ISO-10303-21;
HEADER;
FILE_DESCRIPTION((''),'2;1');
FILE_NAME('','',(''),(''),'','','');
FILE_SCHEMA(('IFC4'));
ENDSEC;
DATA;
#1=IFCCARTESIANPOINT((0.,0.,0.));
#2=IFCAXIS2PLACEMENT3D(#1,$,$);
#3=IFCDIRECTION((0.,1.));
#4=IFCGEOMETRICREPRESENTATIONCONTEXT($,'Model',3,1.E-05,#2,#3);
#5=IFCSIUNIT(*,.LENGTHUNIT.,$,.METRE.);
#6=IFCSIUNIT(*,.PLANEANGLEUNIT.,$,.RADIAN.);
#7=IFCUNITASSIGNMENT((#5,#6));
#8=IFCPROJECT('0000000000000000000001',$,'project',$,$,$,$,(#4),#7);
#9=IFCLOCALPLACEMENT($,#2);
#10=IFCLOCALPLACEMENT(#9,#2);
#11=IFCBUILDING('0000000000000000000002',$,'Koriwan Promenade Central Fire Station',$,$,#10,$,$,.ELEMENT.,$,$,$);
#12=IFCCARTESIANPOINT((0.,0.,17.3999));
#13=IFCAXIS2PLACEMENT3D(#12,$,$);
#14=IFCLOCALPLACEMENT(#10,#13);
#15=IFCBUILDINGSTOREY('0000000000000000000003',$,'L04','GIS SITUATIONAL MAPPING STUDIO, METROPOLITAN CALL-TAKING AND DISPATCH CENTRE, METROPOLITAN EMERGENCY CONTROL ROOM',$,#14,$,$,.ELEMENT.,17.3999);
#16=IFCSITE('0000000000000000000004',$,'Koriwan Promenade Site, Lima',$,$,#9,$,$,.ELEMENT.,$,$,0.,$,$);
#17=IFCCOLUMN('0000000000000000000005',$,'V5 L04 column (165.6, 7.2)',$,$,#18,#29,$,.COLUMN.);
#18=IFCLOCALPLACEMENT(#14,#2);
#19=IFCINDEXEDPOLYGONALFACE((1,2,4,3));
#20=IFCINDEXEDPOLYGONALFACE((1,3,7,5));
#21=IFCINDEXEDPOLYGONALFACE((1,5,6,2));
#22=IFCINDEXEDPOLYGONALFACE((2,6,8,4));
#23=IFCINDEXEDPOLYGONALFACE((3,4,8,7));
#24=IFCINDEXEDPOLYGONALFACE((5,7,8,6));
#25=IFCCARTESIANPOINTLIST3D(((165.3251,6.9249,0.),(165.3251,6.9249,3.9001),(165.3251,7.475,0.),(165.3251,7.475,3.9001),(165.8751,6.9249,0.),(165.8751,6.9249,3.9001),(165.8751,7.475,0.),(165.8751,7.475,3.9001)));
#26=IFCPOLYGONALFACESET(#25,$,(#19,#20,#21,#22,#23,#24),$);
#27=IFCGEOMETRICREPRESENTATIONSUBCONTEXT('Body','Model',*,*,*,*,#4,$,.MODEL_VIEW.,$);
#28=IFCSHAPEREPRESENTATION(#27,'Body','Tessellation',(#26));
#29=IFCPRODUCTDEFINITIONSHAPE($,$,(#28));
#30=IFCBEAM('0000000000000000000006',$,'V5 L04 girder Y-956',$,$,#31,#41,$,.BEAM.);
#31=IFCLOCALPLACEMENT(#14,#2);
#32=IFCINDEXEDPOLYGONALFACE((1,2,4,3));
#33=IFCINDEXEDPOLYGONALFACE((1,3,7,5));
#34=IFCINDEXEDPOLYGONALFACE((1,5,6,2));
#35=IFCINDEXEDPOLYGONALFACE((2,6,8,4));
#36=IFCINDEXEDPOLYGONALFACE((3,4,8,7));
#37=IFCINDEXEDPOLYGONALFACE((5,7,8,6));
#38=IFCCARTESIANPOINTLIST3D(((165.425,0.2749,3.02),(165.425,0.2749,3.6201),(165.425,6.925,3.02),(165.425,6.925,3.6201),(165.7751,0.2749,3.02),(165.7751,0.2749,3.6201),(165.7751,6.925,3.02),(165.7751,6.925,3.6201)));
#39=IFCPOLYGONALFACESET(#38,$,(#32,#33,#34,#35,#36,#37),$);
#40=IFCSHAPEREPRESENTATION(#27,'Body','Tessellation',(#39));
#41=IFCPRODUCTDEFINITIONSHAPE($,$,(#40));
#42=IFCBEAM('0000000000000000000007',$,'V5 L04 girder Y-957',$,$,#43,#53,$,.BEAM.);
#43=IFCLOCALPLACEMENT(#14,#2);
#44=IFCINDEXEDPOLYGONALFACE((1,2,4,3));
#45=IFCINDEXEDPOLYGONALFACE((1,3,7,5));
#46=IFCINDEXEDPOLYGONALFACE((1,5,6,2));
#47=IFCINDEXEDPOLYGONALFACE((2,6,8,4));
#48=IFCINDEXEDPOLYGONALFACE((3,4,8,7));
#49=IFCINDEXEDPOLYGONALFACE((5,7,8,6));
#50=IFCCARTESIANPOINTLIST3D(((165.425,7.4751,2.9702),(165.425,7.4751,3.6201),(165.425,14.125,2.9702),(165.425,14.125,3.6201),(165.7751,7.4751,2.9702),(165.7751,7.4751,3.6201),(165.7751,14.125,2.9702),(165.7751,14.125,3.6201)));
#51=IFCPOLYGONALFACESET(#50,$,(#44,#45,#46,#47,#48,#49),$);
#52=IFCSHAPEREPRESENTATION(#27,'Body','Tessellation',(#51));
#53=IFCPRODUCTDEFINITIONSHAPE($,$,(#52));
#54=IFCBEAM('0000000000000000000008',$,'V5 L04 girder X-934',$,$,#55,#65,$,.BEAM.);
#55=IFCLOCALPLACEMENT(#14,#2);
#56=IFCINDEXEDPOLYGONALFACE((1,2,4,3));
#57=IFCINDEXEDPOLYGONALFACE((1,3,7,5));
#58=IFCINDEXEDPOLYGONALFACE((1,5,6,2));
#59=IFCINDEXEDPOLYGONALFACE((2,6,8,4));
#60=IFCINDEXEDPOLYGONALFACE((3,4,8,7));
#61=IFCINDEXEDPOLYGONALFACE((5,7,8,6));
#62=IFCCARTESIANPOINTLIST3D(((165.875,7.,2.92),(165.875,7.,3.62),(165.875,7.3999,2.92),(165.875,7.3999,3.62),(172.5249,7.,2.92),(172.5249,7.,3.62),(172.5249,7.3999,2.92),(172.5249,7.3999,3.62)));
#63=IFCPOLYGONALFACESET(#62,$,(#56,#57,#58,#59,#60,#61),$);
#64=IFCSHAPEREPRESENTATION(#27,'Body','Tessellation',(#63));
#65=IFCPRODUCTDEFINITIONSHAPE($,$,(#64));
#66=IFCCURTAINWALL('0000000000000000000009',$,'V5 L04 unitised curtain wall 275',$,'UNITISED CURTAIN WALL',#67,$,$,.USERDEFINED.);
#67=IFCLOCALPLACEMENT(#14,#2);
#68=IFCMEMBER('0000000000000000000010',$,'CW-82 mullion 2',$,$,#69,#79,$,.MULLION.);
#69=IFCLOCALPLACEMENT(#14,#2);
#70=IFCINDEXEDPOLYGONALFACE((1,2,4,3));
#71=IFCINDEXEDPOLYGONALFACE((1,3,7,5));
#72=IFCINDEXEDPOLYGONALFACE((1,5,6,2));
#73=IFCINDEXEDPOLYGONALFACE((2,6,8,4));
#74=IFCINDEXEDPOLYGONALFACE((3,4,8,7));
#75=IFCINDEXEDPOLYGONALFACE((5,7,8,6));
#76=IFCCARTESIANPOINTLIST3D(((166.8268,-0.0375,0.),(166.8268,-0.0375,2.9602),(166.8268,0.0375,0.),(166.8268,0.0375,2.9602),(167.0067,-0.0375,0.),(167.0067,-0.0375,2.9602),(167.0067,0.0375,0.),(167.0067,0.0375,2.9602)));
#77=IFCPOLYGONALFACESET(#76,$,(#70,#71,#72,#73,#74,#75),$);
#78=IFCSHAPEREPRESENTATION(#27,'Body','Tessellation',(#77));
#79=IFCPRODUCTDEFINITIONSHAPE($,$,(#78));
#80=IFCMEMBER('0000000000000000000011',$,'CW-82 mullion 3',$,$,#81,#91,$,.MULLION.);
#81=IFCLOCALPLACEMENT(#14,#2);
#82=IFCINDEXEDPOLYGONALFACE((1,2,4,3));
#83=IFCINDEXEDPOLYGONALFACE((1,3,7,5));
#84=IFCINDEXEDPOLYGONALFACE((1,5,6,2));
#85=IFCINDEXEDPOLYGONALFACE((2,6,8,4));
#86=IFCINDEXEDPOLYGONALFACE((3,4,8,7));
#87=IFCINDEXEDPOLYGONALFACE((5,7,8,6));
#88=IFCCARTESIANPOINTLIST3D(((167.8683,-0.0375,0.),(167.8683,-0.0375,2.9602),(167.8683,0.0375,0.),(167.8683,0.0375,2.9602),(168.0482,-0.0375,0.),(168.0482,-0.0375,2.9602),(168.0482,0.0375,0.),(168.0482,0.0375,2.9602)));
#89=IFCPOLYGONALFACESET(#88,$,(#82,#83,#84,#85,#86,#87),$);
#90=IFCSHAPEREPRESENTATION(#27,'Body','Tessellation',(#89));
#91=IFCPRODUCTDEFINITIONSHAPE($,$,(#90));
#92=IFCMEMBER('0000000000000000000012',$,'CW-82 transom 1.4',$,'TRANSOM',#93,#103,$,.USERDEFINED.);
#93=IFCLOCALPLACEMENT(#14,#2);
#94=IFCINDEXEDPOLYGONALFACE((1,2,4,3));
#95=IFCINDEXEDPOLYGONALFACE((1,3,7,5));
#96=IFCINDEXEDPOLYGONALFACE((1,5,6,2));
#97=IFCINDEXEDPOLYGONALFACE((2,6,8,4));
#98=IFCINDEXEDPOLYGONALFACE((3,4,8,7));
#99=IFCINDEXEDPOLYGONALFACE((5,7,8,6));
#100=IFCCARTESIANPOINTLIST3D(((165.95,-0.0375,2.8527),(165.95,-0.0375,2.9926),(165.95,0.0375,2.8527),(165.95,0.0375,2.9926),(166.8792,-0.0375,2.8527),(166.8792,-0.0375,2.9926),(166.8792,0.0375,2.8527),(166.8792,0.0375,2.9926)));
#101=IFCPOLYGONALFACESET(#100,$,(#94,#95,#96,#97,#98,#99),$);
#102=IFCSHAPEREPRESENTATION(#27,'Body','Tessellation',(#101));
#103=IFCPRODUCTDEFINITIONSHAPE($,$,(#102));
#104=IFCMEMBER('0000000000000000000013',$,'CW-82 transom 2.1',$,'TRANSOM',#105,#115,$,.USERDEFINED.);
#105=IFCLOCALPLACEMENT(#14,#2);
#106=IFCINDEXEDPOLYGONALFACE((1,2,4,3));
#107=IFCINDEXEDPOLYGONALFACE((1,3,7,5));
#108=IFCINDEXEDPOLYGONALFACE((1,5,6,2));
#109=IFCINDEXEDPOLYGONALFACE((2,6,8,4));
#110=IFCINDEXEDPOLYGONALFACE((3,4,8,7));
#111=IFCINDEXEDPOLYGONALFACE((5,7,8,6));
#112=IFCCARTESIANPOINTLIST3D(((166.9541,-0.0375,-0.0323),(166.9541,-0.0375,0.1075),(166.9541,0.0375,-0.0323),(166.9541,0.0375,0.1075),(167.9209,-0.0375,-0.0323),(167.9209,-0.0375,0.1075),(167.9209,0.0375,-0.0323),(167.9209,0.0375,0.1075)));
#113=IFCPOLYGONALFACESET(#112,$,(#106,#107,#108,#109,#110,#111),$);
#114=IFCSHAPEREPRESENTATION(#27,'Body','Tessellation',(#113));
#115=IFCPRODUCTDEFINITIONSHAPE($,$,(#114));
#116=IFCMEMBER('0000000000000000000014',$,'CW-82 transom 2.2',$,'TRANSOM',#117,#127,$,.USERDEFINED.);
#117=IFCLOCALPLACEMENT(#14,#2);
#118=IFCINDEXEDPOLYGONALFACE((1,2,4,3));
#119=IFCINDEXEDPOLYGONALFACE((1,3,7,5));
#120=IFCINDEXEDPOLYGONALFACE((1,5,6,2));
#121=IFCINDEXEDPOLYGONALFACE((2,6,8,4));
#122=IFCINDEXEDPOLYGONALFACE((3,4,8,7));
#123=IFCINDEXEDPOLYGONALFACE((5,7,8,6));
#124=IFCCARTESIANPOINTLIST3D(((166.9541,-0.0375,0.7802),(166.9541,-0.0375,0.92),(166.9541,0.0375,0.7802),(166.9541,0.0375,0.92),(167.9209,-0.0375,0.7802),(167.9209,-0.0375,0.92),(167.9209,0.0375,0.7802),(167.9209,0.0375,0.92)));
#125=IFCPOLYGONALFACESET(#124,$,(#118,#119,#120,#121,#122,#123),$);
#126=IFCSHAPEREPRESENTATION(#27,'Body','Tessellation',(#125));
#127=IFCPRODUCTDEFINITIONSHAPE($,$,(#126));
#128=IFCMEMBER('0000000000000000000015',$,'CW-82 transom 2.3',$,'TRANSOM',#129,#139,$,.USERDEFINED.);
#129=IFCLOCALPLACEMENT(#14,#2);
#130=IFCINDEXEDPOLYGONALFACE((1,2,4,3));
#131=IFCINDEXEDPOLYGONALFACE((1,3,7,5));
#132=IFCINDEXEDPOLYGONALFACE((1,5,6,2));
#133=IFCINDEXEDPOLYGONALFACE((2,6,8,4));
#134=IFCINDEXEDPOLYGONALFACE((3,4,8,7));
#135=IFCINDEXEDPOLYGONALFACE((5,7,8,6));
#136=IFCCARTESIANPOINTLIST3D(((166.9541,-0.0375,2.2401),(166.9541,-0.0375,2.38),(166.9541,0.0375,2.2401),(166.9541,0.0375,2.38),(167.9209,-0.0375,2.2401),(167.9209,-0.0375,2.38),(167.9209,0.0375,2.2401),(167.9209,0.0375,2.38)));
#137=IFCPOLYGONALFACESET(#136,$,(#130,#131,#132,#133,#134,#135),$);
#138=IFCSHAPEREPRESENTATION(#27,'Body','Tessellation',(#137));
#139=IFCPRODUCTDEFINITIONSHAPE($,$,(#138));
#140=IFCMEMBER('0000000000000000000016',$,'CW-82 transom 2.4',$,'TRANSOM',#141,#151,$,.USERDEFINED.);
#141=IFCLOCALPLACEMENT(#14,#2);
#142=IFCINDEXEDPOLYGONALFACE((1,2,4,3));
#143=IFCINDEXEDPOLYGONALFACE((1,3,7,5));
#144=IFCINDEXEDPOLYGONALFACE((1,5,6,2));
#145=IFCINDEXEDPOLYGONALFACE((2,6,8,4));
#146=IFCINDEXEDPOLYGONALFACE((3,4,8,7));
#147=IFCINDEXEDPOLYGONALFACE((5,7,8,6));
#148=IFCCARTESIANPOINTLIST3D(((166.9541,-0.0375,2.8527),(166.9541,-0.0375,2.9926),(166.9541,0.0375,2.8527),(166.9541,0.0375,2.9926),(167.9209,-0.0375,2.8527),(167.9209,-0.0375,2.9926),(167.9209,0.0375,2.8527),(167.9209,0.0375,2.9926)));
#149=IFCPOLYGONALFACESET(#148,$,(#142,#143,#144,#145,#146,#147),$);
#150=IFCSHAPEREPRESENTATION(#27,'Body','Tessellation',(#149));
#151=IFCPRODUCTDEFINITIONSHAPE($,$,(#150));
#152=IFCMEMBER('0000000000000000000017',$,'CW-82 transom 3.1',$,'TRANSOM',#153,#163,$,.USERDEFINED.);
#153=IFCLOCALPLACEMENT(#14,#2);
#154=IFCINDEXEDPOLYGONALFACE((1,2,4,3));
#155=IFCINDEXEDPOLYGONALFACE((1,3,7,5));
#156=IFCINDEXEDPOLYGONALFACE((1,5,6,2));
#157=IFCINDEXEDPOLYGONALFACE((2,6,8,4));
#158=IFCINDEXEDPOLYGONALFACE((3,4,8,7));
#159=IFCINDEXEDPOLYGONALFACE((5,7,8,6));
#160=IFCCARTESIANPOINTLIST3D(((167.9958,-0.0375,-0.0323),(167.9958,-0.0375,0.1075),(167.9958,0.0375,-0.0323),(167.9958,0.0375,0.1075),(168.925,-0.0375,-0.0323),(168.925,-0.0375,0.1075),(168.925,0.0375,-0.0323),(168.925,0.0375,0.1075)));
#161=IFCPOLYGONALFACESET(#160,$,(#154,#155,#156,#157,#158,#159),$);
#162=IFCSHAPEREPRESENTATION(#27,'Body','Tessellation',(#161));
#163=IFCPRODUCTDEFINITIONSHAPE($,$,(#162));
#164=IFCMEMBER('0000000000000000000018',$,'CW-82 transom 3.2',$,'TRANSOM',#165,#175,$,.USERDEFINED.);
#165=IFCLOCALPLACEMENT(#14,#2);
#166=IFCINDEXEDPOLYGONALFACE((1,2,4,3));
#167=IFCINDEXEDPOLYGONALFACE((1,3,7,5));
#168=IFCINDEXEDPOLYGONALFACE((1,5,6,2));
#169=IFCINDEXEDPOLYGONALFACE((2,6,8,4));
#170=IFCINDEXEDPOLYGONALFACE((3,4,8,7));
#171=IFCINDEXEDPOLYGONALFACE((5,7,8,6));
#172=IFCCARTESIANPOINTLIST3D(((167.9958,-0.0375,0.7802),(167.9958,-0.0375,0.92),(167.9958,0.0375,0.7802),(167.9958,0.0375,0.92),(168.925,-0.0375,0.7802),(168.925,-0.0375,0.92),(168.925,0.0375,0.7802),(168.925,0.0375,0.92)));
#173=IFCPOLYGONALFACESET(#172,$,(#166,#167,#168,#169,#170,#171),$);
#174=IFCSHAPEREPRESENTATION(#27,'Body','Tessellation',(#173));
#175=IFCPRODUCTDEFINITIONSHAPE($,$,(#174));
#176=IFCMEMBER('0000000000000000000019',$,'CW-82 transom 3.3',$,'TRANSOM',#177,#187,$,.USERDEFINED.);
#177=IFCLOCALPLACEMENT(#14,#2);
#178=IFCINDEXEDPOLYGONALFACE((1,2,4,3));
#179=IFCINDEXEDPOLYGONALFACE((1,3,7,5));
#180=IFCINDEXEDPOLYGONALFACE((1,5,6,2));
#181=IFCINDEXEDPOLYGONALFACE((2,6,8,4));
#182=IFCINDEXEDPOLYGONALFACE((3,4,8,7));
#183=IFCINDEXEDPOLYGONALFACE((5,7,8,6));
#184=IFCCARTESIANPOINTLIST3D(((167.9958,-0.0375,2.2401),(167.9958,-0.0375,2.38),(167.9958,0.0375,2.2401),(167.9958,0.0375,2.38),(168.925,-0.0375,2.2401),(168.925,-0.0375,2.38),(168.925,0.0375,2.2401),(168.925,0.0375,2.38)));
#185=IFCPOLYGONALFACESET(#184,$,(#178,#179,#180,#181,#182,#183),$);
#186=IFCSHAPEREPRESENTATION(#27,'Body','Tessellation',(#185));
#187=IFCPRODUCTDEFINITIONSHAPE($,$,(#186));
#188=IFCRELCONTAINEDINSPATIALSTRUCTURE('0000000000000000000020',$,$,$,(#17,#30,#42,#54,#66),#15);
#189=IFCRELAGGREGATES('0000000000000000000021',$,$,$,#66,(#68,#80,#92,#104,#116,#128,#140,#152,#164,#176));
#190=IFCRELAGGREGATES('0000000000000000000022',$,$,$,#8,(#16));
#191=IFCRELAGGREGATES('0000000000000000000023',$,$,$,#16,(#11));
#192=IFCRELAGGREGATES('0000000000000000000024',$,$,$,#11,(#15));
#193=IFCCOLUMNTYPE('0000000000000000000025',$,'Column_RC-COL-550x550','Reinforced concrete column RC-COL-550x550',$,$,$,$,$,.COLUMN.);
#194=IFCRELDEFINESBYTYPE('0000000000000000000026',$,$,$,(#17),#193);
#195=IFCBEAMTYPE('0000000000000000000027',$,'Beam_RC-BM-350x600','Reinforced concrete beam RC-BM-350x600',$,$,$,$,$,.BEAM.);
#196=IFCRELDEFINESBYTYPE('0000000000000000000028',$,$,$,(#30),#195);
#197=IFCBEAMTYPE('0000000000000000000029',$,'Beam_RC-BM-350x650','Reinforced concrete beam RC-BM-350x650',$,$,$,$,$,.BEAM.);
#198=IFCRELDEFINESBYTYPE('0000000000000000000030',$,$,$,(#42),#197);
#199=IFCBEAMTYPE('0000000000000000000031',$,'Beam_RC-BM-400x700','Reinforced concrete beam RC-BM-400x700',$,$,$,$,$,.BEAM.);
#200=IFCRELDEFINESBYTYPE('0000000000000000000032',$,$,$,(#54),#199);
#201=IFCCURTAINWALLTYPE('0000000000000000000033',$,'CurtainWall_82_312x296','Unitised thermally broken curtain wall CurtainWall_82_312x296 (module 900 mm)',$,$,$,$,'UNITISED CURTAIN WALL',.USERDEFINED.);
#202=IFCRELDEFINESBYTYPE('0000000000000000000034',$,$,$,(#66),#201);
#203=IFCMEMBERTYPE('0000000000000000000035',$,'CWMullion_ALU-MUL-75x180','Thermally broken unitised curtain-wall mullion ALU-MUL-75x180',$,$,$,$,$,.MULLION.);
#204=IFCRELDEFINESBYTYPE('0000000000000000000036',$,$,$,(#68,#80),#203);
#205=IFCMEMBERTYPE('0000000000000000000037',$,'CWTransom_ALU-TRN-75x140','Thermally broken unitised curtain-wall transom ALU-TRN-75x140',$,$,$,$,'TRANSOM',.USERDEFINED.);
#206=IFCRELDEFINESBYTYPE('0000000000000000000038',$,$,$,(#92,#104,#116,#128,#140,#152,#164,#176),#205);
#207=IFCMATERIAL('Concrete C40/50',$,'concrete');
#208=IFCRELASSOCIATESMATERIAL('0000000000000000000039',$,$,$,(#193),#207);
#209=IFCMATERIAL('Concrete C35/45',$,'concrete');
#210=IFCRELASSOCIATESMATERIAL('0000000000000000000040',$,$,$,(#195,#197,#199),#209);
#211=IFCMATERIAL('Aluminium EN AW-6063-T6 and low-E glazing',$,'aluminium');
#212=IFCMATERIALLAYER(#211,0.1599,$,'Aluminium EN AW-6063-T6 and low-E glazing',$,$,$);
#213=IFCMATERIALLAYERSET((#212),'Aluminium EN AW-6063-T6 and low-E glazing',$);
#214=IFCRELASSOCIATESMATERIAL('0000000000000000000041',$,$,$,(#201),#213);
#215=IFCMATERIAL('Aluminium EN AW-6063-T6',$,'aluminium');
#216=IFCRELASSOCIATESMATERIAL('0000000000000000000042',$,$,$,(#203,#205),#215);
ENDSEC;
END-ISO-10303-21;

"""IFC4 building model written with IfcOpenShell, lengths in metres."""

from ifc_helpers import new_model, si_unit, direction, frame, origin, origin_2d, place, context, subcontext, project, spatial, rectangle, extrude, material, layer, layer_set, material_profile, profile_set, type_object, element, aggregate, save


model = new_model("IFC4")

# Units and contexts
model_context = context("Model", 3, precision=1e-05, world=origin(), true_north=direction((0.0, 1.0)))
body_context = subcontext(model_context, "Body", "Model", "MODEL_VIEW")
ifc_project = project(units=[si_unit("LENGTHUNIT", "METRE"), si_unit("PLANEANGLEUNIT", "RADIAN")], contexts=[model_context])

# Site, building, storey
site_placement = place(None, origin())
site = spatial("IfcSite", under=ifc_project, at=site_placement, Name="Koriwan Promenade Site, Lima", CompositionType="ELEMENT", RefElevation=0.0)
building_placement = place(site_placement, origin())
building = spatial("IfcBuilding", under=site, at=building_placement, Name="Koriwan Promenade Central Fire Station", CompositionType="ELEMENT")
storey_placement = place(building_placement, frame((0.0, 0.0, 17.3999)))
storey = spatial("IfcBuildingStorey", under=building, at=storey_placement, Name="L04", Description="GIS SITUATIONAL MAPPING STUDIO, METROPOLITAN CALL-TAKING AND DISPATCH CENTRE, METROPOLITAN EMERGENCY CONTROL ROOM", CompositionType="ELEMENT", Elevation=17.3999)

# Column
ifc_material_1 = material(Name="Concrete C40/50", Category="concrete")
ifc_material_profile_1 = material_profile(ifc_material_1, rectangle(XDim=0.55, YDim=0.55, at=origin_2d()), Name="RC-COL-550x550")
ifc_profile_set_1 = profile_set([ifc_material_profile_1], Name="Concrete C40/50")
column_type = type_object("IfcColumnType", Name="Column_RC-COL-550x550", Description="Reinforced concrete column RC-COL-550x550", PredefinedType="COLUMN", material=ifc_profile_set_1)
column_placement = place(storey_placement, frame((165.6001, 7.2, 0.0), z_axis=(0.0, 0.0, 1.0), x_axis=(1.0, 0.0, 0.0)))
element("IfcColumn", 1, at=column_placement, inside=storey, type_object=column_type, Name="V5 L04 column (165.6, 7.2)", PredefinedType="COLUMN", context=body_context, shape_type="SweptSolid", body=[
    extrude(rectangle(XDim=0.55, YDim=0.55, at=origin_2d()), origin(), (0.0, 0.0, 1.0), 3.9001),
])

# Beams
ifc_material_2 = material(Name="Concrete C35/45", Category="concrete")
ifc_material_profile_2 = material_profile(ifc_material_2, rectangle(XDim=0.3501, YDim=0.6001, at=origin_2d()), Name="RC-BM-350x600")
ifc_profile_set_2 = profile_set([ifc_material_profile_2], Name="Concrete C35/45")
beam_type_1 = type_object("IfcBeamType", Name="Beam_RC-BM-350x600", Description="Reinforced concrete beam RC-BM-350x600", PredefinedType="BEAM", material=ifc_profile_set_2)
beam_1_placement = place(storey_placement, frame((165.6001, 0.2749, 3.3201), z_axis=(0.0, 1.0, 0.0), x_axis=(-1.0, 0.0, 0.0)))
element("IfcBeam", 2, at=beam_1_placement, inside=storey, type_object=beam_type_1, Name="V5 L04 girder Y-956", PredefinedType="BEAM", context=body_context, shape_type="SweptSolid", body=[
    extrude(rectangle(XDim=0.3501, YDim=0.6001, at=origin_2d()), origin(), (0.0, 0.0, 1.0), 6.6501),
])
ifc_material_profile_3 = material_profile(ifc_material_2, rectangle(XDim=0.3501, YDim=0.6499, at=origin_2d()), Name="RC-BM-350x650")
ifc_profile_set_3 = profile_set([ifc_material_profile_3], Name="Concrete C35/45")
beam_type_2 = type_object("IfcBeamType", Name="Beam_RC-BM-350x650", Description="Reinforced concrete beam RC-BM-350x650", PredefinedType="BEAM", material=ifc_profile_set_3)
beam_2_placement = place(storey_placement, frame((165.6001, 7.4751, 3.2952), z_axis=(0.0, 1.0, 0.0), x_axis=(-1.0, 0.0, 0.0)))
element("IfcBeam", 3, at=beam_2_placement, inside=storey, type_object=beam_type_2, Name="V5 L04 girder Y-957", PredefinedType="BEAM", context=body_context, shape_type="SweptSolid", body=[
    extrude(rectangle(XDim=0.3501, YDim=0.6499, at=origin_2d()), origin(), (0.0, 0.0, 1.0), 6.6499),
])
ifc_material_profile_4 = material_profile(ifc_material_2, rectangle(XDim=0.3999, YDim=0.7, at=origin_2d()), Name="RC-BM-400x700")
ifc_profile_set_4 = profile_set([ifc_material_profile_4], Name="Concrete C35/45")
beam_type_3 = type_object("IfcBeamType", Name="Beam_RC-BM-400x700", Description="Reinforced concrete beam RC-BM-400x700", PredefinedType="BEAM", material=ifc_profile_set_4)
beam_3_placement = place(storey_placement, frame((165.875, 7.2, 3.27), z_axis=(1.0, 0.0, 0.0), x_axis=(0.0, 1.0, 0.0)))
element("IfcBeam", 4, at=beam_3_placement, inside=storey, type_object=beam_type_3, Name="V5 L04 girder X-934", PredefinedType="BEAM", context=body_context, shape_type="SweptSolid", body=[
    extrude(rectangle(XDim=0.3999, YDim=0.7, at=origin_2d()), origin(), (0.0, 0.0, 1.0), 6.6499),
])

# Curtain wall, members
ifc_material_3 = material(Name="Aluminium EN AW-6063-T6 and low-E glazing", Category="aluminium")
ifc_layer_1 = layer(ifc_material_3, 0.1599, Name="Aluminium EN AW-6063-T6 and low-E glazing")
ifc_layer_set_1 = layer_set([ifc_layer_1], Name="Aluminium EN AW-6063-T6 and low-E glazing")
curtain_wall_type = type_object("IfcCurtainWallType", Name="CurtainWall_82_312x296", Description="Unitised thermally broken curtain wall CurtainWall_82_312x296 (module 900 mm)", ElementType="UNITISED CURTAIN WALL", PredefinedType="USERDEFINED", material=ifc_layer_set_1)
curtain_wall_placement = place(storey_placement, origin())
curtain_wall = element("IfcCurtainWall", 5, at=curtain_wall_placement, inside=storey, type_object=curtain_wall_type, Name="V5 L04 unitised curtain wall 275", ObjectType="UNITISED CURTAIN WALL", PredefinedType="USERDEFINED")
ifc_material_4 = material(Name="Aluminium EN AW-6063-T6", Category="aluminium")
ifc_material_profile_5 = material_profile(ifc_material_4, rectangle(XDim=0.075, YDim=0.1799, at=origin_2d()), Name="ALU-MUL-75x180")
ifc_profile_set_5 = profile_set([ifc_material_profile_5], Name="Aluminium EN AW-6063-T6")
member_type_1 = type_object("IfcMemberType", Name="CWMullion_ALU-MUL-75x180", Description="Thermally broken unitised curtain-wall mullion ALU-MUL-75x180", PredefinedType="MULLION", material=ifc_profile_set_5)
member_1_placement = place(storey_placement, frame((166.9167, 0.0, 0.0), z_axis=(0.0, 0.0, 1.0), x_axis=(0.0, 1.0, 0.0)))
member_1 = element("IfcMember", 6, at=member_1_placement, type_object=member_type_1, Name="CW-82 mullion 2", PredefinedType="MULLION", context=body_context, shape_type="SweptSolid", body=[
    extrude(rectangle(XDim=0.075, YDim=0.1799, at=origin_2d()), origin(), (0.0, 0.0, 1.0), 2.9602),
])
member_2_placement = place(storey_placement, frame((167.9583, 0.0, 0.0), z_axis=(0.0, 0.0, 1.0), x_axis=(0.0, 1.0, 0.0)))
member_2 = element("IfcMember", 7, at=member_2_placement, type_object=member_type_1, Name="CW-82 mullion 3", PredefinedType="MULLION", context=body_context, shape_type="SweptSolid", body=[
    extrude(rectangle(XDim=0.075, YDim=0.1799, at=origin_2d()), origin(), (0.0, 0.0, 1.0), 2.9602),
])
ifc_material_profile_6 = material_profile(ifc_material_4, rectangle(XDim=0.075, YDim=0.1399, at=origin_2d()), Name="ALU-TRN-75x140")
ifc_profile_set_6 = profile_set([ifc_material_profile_6], Name="Aluminium EN AW-6063-T6")
member_type_2 = type_object("IfcMemberType", Name="CWTransom_ALU-TRN-75x140", Description="Thermally broken unitised curtain-wall transom ALU-TRN-75x140", ElementType="TRANSOM", PredefinedType="USERDEFINED", material=ifc_profile_set_6)
member_3_placement = place(storey_placement, frame((165.95, 0.0, 2.9226), z_axis=(1.0, 0.0, 0.0), x_axis=(0.0, 1.0, 0.0)))
member_3 = element("IfcMember", 8, at=member_3_placement, type_object=member_type_2, Name="CW-82 transom 1.4", ObjectType="TRANSOM", PredefinedType="USERDEFINED", context=body_context, shape_type="SweptSolid", body=[
    extrude(rectangle(XDim=0.075, YDim=0.1399, at=origin_2d()), origin(), (0.0, 0.0, 1.0), 0.9292),
])
member_4_placement = place(storey_placement, frame((166.9541, 0.0, 0.0376), z_axis=(1.0, 0.0, 0.0), x_axis=(0.0, 1.0, 0.0)))
member_4 = element("IfcMember", 9, at=member_4_placement, type_object=member_type_2, Name="CW-82 transom 2.1", ObjectType="TRANSOM", PredefinedType="USERDEFINED", context=body_context, shape_type="SweptSolid", body=[
    extrude(rectangle(XDim=0.075, YDim=0.1399, at=origin_2d()), origin(), (0.0, 0.0, 1.0), 0.9668),
])
member_5_placement = place(storey_placement, frame((166.9541, 0.0, 0.8501), z_axis=(1.0, 0.0, 0.0), x_axis=(0.0, 1.0, 0.0)))
member_5 = element("IfcMember", 10, at=member_5_placement, type_object=member_type_2, Name="CW-82 transom 2.2", ObjectType="TRANSOM", PredefinedType="USERDEFINED", context=body_context, shape_type="SweptSolid", body=[
    extrude(rectangle(XDim=0.075, YDim=0.1399, at=origin_2d()), origin(), (0.0, 0.0, 1.0), 0.9668),
])
member_6_placement = place(storey_placement, frame((166.9541, 0.0, 2.3101), z_axis=(1.0, 0.0, 0.0), x_axis=(0.0, 1.0, 0.0)))
member_6 = element("IfcMember", 11, at=member_6_placement, type_object=member_type_2, Name="CW-82 transom 2.3", ObjectType="TRANSOM", PredefinedType="USERDEFINED", context=body_context, shape_type="SweptSolid", body=[
    extrude(rectangle(XDim=0.075, YDim=0.1399, at=origin_2d()), origin(), (0.0, 0.0, 1.0), 0.9668),
])
member_7_placement = place(storey_placement, frame((166.9541, 0.0, 2.9226), z_axis=(1.0, 0.0, 0.0), x_axis=(0.0, 1.0, 0.0)))
member_7 = element("IfcMember", 12, at=member_7_placement, type_object=member_type_2, Name="CW-82 transom 2.4", ObjectType="TRANSOM", PredefinedType="USERDEFINED", context=body_context, shape_type="SweptSolid", body=[
    extrude(rectangle(XDim=0.075, YDim=0.1399, at=origin_2d()), origin(), (0.0, 0.0, 1.0), 0.9668),
])
member_8_placement = place(storey_placement, frame((167.9958, 0.0, 0.0376), z_axis=(1.0, 0.0, 0.0), x_axis=(0.0, 1.0, 0.0)))
member_8 = element("IfcMember", 13, at=member_8_placement, type_object=member_type_2, Name="CW-82 transom 3.1", ObjectType="TRANSOM", PredefinedType="USERDEFINED", context=body_context, shape_type="SweptSolid", body=[
    extrude(rectangle(XDim=0.075, YDim=0.1399, at=origin_2d()), origin(), (0.0, 0.0, 1.0), 0.9292),
])
member_9_placement = place(storey_placement, frame((167.9958, 0.0, 0.8501), z_axis=(1.0, 0.0, 0.0), x_axis=(0.0, 1.0, 0.0)))
member_9 = element("IfcMember", 14, at=member_9_placement, type_object=member_type_2, Name="CW-82 transom 3.2", ObjectType="TRANSOM", PredefinedType="USERDEFINED", context=body_context, shape_type="SweptSolid", body=[
    extrude(rectangle(XDim=0.075, YDim=0.1399, at=origin_2d()), origin(), (0.0, 0.0, 1.0), 0.9292),
])
member_10_placement = place(storey_placement, frame((167.9958, 0.0, 2.3101), z_axis=(1.0, 0.0, 0.0), x_axis=(0.0, 1.0, 0.0)))
member_10 = element("IfcMember", 15, at=member_10_placement, type_object=member_type_2, Name="CW-82 transom 3.3", ObjectType="TRANSOM", PredefinedType="USERDEFINED", context=body_context, shape_type="SweptSolid", body=[
    extrude(rectangle(XDim=0.075, YDim=0.1399, at=origin_2d()), origin(), (0.0, 0.0, 1.0), 0.9292),
])
aggregate(curtain_wall, [member_1, member_2, member_3, member_4, member_5, member_6, member_7, member_8, member_9, member_10])

save(model, "model.ifc")
